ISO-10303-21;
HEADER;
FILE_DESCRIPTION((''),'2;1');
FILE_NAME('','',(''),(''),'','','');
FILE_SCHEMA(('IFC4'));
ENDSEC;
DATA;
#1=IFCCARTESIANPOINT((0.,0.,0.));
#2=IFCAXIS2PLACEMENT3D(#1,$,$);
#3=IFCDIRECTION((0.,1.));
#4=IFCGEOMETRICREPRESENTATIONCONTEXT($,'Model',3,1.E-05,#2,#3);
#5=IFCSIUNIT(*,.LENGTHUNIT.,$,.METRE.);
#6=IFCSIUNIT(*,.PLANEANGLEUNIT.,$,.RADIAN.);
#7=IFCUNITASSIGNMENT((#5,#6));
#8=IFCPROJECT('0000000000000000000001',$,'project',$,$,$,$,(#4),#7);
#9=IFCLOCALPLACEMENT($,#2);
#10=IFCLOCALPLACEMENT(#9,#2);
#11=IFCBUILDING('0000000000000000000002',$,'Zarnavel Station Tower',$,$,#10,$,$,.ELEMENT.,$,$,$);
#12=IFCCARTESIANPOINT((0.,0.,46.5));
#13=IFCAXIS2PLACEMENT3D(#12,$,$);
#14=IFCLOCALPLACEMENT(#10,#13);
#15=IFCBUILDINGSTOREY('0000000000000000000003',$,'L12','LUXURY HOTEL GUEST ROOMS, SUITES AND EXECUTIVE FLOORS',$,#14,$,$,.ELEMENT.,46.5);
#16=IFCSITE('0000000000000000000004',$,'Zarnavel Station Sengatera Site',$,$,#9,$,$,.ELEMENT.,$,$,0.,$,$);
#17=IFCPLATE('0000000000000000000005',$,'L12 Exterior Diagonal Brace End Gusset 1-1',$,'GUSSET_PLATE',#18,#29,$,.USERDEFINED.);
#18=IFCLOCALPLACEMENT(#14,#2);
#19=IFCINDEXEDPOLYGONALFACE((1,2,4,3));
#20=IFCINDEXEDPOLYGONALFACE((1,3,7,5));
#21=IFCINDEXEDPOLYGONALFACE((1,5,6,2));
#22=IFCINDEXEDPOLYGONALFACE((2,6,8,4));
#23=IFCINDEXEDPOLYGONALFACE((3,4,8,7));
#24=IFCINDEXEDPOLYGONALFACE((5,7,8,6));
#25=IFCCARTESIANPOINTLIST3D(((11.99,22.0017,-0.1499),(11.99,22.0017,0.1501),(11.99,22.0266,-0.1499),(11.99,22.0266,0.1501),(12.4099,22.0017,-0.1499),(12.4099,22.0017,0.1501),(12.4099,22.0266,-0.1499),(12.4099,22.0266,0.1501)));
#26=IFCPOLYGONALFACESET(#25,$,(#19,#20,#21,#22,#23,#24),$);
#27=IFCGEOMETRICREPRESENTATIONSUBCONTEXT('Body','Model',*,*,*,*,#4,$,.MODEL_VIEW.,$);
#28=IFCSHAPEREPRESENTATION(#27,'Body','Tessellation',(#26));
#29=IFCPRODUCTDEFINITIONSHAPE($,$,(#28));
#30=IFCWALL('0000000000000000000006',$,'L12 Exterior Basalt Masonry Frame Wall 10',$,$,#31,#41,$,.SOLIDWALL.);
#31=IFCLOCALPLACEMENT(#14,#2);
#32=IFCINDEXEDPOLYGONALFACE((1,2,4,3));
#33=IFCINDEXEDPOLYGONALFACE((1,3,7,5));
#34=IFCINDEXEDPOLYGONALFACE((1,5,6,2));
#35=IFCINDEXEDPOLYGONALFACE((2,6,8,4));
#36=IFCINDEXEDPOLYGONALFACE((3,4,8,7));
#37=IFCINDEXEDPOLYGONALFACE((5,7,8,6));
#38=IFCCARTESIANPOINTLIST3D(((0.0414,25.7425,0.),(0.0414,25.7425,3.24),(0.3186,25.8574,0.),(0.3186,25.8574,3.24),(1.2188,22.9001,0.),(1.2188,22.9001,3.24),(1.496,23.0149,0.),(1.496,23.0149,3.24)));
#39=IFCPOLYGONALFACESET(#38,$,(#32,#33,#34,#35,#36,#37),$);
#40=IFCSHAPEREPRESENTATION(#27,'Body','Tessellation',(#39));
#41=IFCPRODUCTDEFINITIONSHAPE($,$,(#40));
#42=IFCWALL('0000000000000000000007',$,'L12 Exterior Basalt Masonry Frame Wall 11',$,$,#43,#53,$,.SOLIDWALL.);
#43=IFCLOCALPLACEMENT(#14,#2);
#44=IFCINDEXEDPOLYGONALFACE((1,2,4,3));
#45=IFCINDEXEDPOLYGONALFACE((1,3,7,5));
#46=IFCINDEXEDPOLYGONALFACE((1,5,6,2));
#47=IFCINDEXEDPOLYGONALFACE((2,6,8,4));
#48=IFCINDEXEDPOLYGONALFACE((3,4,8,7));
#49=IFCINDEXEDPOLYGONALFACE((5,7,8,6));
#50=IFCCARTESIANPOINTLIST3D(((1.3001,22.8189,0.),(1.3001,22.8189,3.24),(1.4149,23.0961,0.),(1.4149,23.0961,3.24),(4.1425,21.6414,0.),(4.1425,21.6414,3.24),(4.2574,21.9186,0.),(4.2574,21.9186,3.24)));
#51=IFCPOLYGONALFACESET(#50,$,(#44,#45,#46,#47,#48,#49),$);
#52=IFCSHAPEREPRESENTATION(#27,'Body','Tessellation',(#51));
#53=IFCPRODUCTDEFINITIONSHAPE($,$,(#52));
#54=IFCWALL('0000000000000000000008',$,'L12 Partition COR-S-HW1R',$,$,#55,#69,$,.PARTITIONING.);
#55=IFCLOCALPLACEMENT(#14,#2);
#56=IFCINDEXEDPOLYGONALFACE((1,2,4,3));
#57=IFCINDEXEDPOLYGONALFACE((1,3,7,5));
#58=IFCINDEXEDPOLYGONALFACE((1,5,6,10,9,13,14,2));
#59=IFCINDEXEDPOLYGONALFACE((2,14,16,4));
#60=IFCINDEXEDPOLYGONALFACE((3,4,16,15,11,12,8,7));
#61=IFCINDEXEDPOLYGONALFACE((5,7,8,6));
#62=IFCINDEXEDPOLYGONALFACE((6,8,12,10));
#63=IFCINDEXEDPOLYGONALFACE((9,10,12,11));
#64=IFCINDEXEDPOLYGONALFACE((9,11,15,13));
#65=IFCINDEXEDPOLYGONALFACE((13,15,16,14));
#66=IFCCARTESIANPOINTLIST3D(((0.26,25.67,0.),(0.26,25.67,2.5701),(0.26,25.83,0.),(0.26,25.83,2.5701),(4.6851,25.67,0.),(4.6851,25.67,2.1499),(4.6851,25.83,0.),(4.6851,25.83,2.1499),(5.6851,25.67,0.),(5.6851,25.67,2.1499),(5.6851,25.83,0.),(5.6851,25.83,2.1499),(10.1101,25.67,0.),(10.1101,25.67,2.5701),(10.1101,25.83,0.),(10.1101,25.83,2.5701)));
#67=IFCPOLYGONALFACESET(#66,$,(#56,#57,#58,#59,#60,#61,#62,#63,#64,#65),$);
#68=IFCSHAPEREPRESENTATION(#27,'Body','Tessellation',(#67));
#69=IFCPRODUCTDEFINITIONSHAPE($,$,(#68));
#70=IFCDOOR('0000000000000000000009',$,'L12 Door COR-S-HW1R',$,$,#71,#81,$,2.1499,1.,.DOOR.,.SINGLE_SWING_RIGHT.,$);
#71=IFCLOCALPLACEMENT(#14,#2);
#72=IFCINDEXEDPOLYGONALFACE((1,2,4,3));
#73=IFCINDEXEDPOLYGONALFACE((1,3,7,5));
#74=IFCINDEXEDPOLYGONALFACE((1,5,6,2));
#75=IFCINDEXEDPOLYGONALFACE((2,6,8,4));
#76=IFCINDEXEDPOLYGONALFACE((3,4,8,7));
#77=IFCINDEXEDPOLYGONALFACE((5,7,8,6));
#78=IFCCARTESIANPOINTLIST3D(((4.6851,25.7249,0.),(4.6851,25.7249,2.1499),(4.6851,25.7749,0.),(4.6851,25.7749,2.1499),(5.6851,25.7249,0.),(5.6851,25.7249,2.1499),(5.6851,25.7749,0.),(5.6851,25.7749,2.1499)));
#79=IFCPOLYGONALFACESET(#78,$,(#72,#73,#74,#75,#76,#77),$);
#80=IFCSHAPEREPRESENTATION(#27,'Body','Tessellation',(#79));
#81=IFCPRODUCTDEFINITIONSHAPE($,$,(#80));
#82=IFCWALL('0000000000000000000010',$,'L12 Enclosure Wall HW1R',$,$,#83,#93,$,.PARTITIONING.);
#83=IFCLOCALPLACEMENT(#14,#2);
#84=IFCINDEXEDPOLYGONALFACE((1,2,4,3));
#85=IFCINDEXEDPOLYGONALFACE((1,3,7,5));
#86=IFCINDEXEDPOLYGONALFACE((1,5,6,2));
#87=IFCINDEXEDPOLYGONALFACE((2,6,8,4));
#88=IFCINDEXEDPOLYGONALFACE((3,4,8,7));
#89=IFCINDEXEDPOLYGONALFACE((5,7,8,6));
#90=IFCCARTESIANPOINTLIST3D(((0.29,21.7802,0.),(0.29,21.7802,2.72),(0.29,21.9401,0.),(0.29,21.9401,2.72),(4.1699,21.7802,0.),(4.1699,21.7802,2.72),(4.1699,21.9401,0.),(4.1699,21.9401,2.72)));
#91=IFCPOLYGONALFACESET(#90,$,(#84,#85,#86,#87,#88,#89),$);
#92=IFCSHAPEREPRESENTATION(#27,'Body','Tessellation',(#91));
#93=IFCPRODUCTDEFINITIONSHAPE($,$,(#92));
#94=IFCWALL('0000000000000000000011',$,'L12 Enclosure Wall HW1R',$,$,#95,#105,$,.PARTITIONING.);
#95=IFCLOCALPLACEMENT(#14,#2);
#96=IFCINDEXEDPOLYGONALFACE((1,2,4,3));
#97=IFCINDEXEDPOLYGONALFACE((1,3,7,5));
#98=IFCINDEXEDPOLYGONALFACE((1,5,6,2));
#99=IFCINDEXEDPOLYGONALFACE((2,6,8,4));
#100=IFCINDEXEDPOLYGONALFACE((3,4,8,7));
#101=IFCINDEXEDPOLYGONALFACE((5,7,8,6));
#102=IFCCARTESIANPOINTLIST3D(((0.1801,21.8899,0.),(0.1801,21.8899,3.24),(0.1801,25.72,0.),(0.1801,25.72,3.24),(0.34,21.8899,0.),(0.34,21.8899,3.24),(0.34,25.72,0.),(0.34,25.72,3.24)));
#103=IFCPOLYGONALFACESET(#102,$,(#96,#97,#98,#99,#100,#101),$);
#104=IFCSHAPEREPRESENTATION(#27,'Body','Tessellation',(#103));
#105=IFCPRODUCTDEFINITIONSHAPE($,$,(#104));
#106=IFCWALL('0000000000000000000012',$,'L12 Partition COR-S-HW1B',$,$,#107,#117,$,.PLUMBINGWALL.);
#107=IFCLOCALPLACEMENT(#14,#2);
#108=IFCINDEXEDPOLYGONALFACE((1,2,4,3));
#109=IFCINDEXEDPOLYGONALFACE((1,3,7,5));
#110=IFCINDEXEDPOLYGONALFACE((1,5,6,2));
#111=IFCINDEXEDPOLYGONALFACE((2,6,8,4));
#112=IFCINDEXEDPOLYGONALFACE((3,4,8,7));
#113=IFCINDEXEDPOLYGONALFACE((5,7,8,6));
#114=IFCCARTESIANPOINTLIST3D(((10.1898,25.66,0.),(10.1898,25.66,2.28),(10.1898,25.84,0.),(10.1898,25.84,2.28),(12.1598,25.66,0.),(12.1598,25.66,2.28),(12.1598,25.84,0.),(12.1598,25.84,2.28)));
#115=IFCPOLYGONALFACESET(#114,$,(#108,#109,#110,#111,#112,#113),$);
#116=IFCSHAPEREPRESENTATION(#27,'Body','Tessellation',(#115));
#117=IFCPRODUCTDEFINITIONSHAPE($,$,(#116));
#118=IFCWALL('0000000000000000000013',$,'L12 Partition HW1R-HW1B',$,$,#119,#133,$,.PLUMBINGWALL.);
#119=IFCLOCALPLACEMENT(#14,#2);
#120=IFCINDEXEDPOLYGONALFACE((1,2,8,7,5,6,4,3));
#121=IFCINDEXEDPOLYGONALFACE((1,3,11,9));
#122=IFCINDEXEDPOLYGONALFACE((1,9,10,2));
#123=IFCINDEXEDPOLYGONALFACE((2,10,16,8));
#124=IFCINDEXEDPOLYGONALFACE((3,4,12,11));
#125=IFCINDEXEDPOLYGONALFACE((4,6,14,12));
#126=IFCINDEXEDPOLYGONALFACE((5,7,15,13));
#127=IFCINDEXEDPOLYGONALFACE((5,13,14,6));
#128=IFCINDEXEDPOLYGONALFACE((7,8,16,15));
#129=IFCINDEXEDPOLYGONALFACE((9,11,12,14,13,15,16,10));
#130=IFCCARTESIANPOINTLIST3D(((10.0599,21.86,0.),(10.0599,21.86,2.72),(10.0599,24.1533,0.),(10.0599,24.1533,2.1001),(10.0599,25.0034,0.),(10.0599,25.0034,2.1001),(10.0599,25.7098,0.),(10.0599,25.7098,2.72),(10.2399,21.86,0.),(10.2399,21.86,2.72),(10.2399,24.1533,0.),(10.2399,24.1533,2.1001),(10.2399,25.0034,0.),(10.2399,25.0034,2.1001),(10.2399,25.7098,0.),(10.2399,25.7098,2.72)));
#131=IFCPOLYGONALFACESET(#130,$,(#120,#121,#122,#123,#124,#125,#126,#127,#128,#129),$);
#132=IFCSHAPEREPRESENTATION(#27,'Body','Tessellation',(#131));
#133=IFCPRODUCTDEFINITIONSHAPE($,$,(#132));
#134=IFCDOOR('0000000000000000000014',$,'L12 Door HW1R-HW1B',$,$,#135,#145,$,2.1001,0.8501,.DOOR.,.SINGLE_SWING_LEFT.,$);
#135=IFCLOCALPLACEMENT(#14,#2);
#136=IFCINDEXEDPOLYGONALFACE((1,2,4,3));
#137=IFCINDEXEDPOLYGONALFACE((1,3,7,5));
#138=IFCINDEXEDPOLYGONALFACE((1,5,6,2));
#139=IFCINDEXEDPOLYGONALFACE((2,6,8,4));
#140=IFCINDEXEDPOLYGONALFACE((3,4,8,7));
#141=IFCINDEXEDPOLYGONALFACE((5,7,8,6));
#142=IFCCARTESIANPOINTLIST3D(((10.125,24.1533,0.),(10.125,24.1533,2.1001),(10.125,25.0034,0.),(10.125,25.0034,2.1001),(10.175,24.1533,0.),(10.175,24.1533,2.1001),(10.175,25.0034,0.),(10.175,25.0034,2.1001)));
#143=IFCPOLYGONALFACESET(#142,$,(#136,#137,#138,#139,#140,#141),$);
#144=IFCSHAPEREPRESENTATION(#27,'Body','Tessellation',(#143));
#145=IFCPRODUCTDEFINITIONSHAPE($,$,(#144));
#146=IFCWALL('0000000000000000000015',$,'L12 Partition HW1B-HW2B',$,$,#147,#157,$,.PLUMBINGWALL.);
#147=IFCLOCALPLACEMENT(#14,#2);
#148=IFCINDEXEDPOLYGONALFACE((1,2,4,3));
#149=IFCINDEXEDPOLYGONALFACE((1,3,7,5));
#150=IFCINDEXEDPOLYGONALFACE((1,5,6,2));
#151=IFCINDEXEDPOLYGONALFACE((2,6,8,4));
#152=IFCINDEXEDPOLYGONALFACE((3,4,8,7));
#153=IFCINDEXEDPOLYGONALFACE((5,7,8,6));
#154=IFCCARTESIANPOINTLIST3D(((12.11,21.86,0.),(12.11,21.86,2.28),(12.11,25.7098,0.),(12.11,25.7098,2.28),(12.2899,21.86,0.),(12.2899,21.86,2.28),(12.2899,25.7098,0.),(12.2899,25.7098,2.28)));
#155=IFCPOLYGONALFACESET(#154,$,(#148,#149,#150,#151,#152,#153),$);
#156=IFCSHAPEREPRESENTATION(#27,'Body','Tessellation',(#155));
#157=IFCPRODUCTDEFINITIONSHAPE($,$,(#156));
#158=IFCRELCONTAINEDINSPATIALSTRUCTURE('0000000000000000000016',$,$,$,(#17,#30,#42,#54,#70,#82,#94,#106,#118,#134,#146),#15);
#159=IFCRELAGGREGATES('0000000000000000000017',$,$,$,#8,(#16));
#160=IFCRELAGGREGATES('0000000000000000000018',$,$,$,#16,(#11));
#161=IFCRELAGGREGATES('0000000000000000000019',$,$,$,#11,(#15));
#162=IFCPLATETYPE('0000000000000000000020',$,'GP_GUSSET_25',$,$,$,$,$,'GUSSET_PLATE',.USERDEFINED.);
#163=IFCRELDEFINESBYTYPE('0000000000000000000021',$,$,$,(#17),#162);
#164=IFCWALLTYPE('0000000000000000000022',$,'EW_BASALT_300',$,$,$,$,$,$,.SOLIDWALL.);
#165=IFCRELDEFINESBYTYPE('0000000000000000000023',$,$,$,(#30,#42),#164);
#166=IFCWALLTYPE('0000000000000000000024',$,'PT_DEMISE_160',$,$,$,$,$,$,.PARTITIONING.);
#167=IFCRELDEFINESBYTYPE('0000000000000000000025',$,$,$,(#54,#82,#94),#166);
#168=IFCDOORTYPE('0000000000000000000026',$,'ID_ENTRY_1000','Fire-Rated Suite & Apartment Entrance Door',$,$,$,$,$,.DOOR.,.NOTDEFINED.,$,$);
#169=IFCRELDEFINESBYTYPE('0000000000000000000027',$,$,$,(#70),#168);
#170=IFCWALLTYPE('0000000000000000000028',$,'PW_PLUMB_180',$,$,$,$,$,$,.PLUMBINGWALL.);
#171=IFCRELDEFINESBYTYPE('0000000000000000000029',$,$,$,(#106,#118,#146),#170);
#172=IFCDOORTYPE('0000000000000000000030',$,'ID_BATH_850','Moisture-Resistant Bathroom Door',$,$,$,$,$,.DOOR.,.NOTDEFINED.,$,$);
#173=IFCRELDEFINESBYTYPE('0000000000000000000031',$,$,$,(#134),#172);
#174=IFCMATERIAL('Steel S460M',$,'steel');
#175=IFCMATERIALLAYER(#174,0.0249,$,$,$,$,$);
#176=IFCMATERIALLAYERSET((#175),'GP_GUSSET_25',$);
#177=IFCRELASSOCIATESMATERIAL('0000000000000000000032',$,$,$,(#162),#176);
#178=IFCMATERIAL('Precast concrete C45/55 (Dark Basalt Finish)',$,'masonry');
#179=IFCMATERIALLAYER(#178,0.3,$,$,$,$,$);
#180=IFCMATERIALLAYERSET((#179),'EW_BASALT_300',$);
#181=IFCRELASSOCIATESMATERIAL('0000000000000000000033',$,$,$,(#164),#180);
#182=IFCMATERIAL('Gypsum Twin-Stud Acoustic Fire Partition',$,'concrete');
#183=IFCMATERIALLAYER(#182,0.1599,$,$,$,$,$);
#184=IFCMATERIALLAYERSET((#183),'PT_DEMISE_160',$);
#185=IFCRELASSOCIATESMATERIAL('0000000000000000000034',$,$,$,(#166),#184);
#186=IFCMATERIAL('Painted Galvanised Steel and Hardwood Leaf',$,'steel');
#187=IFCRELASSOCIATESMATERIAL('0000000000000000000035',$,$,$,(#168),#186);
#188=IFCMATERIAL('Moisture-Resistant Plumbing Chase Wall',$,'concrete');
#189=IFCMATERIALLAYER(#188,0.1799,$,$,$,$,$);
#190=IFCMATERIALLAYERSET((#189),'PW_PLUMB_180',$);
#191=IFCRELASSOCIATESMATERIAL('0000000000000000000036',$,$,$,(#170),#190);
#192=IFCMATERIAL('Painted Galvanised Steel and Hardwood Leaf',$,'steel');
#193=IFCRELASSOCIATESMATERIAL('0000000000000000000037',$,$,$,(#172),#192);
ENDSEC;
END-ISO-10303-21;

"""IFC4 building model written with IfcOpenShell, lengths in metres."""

from ifc_helpers import new_model, si_unit, direction, frame, frame_2d, origin, origin_2d, place, context, subcontext, project, spatial, rectangle, extrude, material, layer, layer_set, type_object, element, fill, save


model = new_model("IFC4")

# Units and contexts
model_context = context("Model", 3, precision=1e-05, world=origin(), true_north=direction((0.0, 1.0)))
body_context = subcontext(model_context, "Body", "Model", "MODEL_VIEW")
ifc_project = project(units=[si_unit("LENGTHUNIT", "METRE"), si_unit("PLANEANGLEUNIT", "RADIAN")], contexts=[model_context])

# Site, building, storey
site_placement = place(None, origin())
site = spatial("IfcSite", under=ifc_project, at=site_placement, Name="Zarnavel Station Sengatera Site", CompositionType="ELEMENT", RefElevation=0.0)
building_placement = place(site_placement, origin())
building = spatial("IfcBuilding", under=site, at=building_placement, Name="Zarnavel Station Tower", CompositionType="ELEMENT")
storey_placement = place(building_placement, frame((0.0, 0.0, 46.5)))
storey = spatial("IfcBuildingStorey", under=building, at=storey_placement, Name="L12", Description="LUXURY HOTEL GUEST ROOMS, SUITES AND EXECUTIVE FLOORS", CompositionType="ELEMENT", Elevation=46.5)

# Plate
ifc_material_1 = material(Name="Steel S460M", Category="steel")
ifc_layer_1 = layer(ifc_material_1, 0.0249)
ifc_layer_set_1 = layer_set([ifc_layer_1], Name="GP_GUSSET_25")
plate_type = type_object("IfcPlateType", Name="GP_GUSSET_25", ElementType="GUSSET_PLATE", PredefinedType="USERDEFINED", material=ifc_layer_set_1)
plate_placement = place(storey_placement, frame((12.2, 22.0142, -0.1499), z_axis=(0.0, 0.0, 1.0), x_axis=(1.0, 0.0, 0.0)))
element("IfcPlate", 1, at=plate_placement, inside=storey, type_object=plate_type, Name="L12 Exterior Diagonal Brace End Gusset 1-1", ObjectType="GUSSET_PLATE", PredefinedType="USERDEFINED", context=body_context, shape_type="SweptSolid", body=[
    extrude(rectangle(XDim=0.4199, YDim=0.0249, at=origin_2d()), origin(), (0.0, 0.0, 1.0), 0.3),
])

# Walls
ifc_material_2 = material(Name="Precast concrete C45/55 (Dark Basalt Finish)", Category="masonry")
ifc_layer_2 = layer(ifc_material_2, 0.3)
ifc_layer_set_2 = layer_set([ifc_layer_2], Name="EW_BASALT_300")
wall_type_1 = type_object("IfcWallType", Name="EW_BASALT_300", PredefinedType="SOLIDWALL", material=ifc_layer_set_2)
for number, where, z_axis, x_axis, name in (
    (2, (1.3574, 22.9575, 0.0), (0.0, 0.0, 1.0), (-0.382705, 0.923871, 0.0), "L12 Exterior Basalt Masonry Frame Wall 10"),
    (3, (4.2, 21.78, 0.0), (0.0, 0.0, 1.0), (-0.923871, 0.382705, 0.0), "L12 Exterior Basalt Masonry Frame Wall 11"),
):
    element("IfcWall", number, at=place(storey_placement, frame(where, z_axis=z_axis, x_axis=x_axis)), inside=storey, type_object=wall_type_1, Name=name, PredefinedType="SOLIDWALL", context=body_context, shape_type="SweptSolid", body=[
        extrude(rectangle(XDim=3.0767, YDim=0.3, at=frame_2d((1.5383, 0.0))), origin(), (0.0, 0.0, 1.0), 3.24),
    ])

# Wall, opening, door
ifc_material_3 = material(Name="Gypsum Twin-Stud Acoustic Fire Partition", Category="concrete")
ifc_layer_3 = layer(ifc_material_3, 0.1599)
ifc_layer_set_3 = layer_set([ifc_layer_3], Name="PT_DEMISE_160")
wall_type_2 = type_object("IfcWallType", Name="PT_DEMISE_160", PredefinedType="PARTITIONING", material=ifc_layer_set_3)
wall_1_placement = place(storey_placement, frame((0.26, 25.75, 0.0), z_axis=(0.0, 0.0, 1.0), x_axis=(1.0, 0.0, 0.0)))
wall_1 = element("IfcWall", 4, at=wall_1_placement, inside=storey, type_object=wall_type_2, Name="L12 Partition COR-S-HW1R", PredefinedType="PARTITIONING", context=body_context, shape_type="SweptSolid", body=[
    extrude(rectangle(XDim=9.8501, YDim=0.1599, at=frame_2d((4.925, 0.0))), origin(), (0.0, 0.0, 1.0), 2.5701),
])
opening_1_placement = place(wall_1_placement, frame((4.425, 0.0, 0.0)))
opening_1 = element("IfcOpeningElement", 5, at=opening_1_placement, cuts=wall_1, PredefinedType="OPENING", context=body_context, shape_type="SweptSolid", body=[
    extrude(rectangle(XDim=1.0, YDim=2.1499, at=frame_2d((0.5, 1.075))), frame((0.0, 0.0898, 0.0), z_axis=(0.0, -1.0, 0.0), x_axis=(1.0, 0.0, 0.0)), (0.0, 0.0, 1.0), 0.1799),
])
ifc_material_4 = material(Name="Painted Galvanised Steel and Hardwood Leaf", Category="steel")
door_type_1 = type_object("IfcDoorType", Name="ID_ENTRY_1000", Description="Fire-Rated Suite & Apartment Entrance Door", OperationType="NOTDEFINED", PredefinedType="DOOR", material=ifc_material_4)
door_1_placement = place(opening_1_placement, origin())
door_1 = element("IfcDoor", 6, at=door_1_placement, inside=storey, type_object=door_type_1, Name="L12 Door COR-S-HW1R", OperationType="SINGLE_SWING_RIGHT", OverallHeight=2.1499, OverallWidth=1.0, PredefinedType="DOOR", context=body_context, shape_type="SweptSolid", body=[
    extrude(rectangle(XDim=1.0, YDim=2.1499, at=frame_2d((0.5, 1.075))), frame((0.0, 0.0249, 0.0), z_axis=(0.0, -1.0, 0.0), x_axis=(1.0, 0.0, 0.0)), (0.0, 0.0, 1.0), 0.05),
])
fill(opening_1, door_1)

# Walls
wall_2_placement = place(storey_placement, frame((0.29, 21.8601, 0.0), z_axis=(0.0, 0.0, 1.0), x_axis=(1.0, 0.0, 0.0)))
element("IfcWall", 7, at=wall_2_placement, inside=storey, type_object=wall_type_2, Name="L12 Enclosure Wall HW1R", PredefinedType="PARTITIONING", context=body_context, shape_type="SweptSolid", body=[
    extrude(rectangle(XDim=3.8799, YDim=0.1599, at=frame_2d((1.9399, 0.0))), origin(), (0.0, 0.0, 1.0), 2.72),
])
wall_3_placement = place(storey_placement, frame((0.26, 21.8899, 0.0), z_axis=(0.0, 0.0, 1.0), x_axis=(0.0, 1.0, 0.0)))
element("IfcWall", 8, at=wall_3_placement, inside=storey, type_object=wall_type_2, Name="L12 Enclosure Wall HW1R", PredefinedType="PARTITIONING", context=body_context, shape_type="SweptSolid", body=[
    extrude(rectangle(XDim=3.8301, YDim=0.1599, at=frame_2d((1.915, 0.0))), origin(), (0.0, 0.0, 1.0), 3.24),
])
ifc_material_5 = material(Name="Moisture-Resistant Plumbing Chase Wall", Category="concrete")
ifc_layer_4 = layer(ifc_material_5, 0.1799)
ifc_layer_set_4 = layer_set([ifc_layer_4], Name="PW_PLUMB_180")
wall_type_3 = type_object("IfcWallType", Name="PW_PLUMB_180", PredefinedType="PLUMBINGWALL", material=ifc_layer_set_4)
wall_4_placement = place(storey_placement, frame((10.1899, 25.75, 0.0), z_axis=(0.0, 0.0, 1.0), x_axis=(1.0, 0.0, 0.0)))
element("IfcWall", 9, at=wall_4_placement, inside=storey, type_object=wall_type_3, Name="L12 Partition COR-S-HW1B", PredefinedType="PLUMBINGWALL", context=body_context, shape_type="SweptSolid", body=[
    extrude(rectangle(XDim=1.97, YDim=0.1799, at=frame_2d((0.9849, 0.0))), origin(), (0.0, 0.0, 1.0), 2.28),
])

# Wall, opening, door
wall_5_placement = place(storey_placement, frame((10.1499, 21.8601, 0.0), z_axis=(0.0, 0.0, 1.0), x_axis=(0.0, 1.0, 0.0)))
wall_5 = element("IfcWall", 10, at=wall_5_placement, inside=storey, type_object=wall_type_3, Name="L12 Partition HW1R-HW1B", PredefinedType="PLUMBINGWALL", context=body_context, shape_type="SweptSolid", body=[
    extrude(rectangle(XDim=3.8499, YDim=0.1799, at=frame_2d((1.9248, 0.0))), origin(), (0.0, 0.0, 1.0), 2.72),
])
opening_2_placement = place(wall_5_placement, frame((2.2932, 0.0, 0.0)))
opening_2 = element("IfcOpeningElement", 11, at=opening_2_placement, cuts=wall_5, PredefinedType="OPENING", context=body_context, shape_type="SweptSolid", body=[
    extrude(rectangle(XDim=0.8501, YDim=2.1001, at=frame_2d((0.425, 1.05))), frame((0.0, 0.0999, 0.0), z_axis=(0.0, -1.0, 0.0), x_axis=(1.0, 0.0, 0.0)), (0.0, 0.0, 1.0), 0.2),
])
ifc_material_6 = material(Name="Painted Galvanised Steel and Hardwood Leaf", Category="steel")
door_type_2 = type_object("IfcDoorType", Name="ID_BATH_850", Description="Moisture-Resistant Bathroom Door", OperationType="NOTDEFINED", PredefinedType="DOOR", material=ifc_material_6)
door_2_placement = place(opening_2_placement, origin())
door_2 = element("IfcDoor", 12, at=door_2_placement, inside=storey, type_object=door_type_2, Name="L12 Door HW1R-HW1B", OperationType="SINGLE_SWING_LEFT", OverallHeight=2.1001, OverallWidth=0.8501, PredefinedType="DOOR", context=body_context, shape_type="SweptSolid", body=[
    extrude(rectangle(XDim=0.8501, YDim=2.1001, at=frame_2d((0.425, 1.05))), frame((0.0, 0.0249, 0.0), z_axis=(0.0, -1.0, 0.0), x_axis=(1.0, 0.0, 0.0)), (0.0, 0.0, 1.0), 0.05),
])
fill(opening_2, door_2)

# Wall
wall_6_placement = place(storey_placement, frame((12.2, 21.8601, 0.0), z_axis=(0.0, 0.0, 1.0), x_axis=(0.0, 1.0, 0.0)))
element("IfcWall", 13, at=wall_6_placement, inside=storey, type_object=wall_type_3, Name="L12 Partition HW1B-HW2B", PredefinedType="PLUMBINGWALL", context=body_context, shape_type="SweptSolid", body=[
    extrude(rectangle(XDim=3.8499, YDim=0.1799, at=frame_2d((1.9248, 0.0))), origin(), (0.0, 0.0, 1.0), 2.28),
])

save(model, "model.ifc")
